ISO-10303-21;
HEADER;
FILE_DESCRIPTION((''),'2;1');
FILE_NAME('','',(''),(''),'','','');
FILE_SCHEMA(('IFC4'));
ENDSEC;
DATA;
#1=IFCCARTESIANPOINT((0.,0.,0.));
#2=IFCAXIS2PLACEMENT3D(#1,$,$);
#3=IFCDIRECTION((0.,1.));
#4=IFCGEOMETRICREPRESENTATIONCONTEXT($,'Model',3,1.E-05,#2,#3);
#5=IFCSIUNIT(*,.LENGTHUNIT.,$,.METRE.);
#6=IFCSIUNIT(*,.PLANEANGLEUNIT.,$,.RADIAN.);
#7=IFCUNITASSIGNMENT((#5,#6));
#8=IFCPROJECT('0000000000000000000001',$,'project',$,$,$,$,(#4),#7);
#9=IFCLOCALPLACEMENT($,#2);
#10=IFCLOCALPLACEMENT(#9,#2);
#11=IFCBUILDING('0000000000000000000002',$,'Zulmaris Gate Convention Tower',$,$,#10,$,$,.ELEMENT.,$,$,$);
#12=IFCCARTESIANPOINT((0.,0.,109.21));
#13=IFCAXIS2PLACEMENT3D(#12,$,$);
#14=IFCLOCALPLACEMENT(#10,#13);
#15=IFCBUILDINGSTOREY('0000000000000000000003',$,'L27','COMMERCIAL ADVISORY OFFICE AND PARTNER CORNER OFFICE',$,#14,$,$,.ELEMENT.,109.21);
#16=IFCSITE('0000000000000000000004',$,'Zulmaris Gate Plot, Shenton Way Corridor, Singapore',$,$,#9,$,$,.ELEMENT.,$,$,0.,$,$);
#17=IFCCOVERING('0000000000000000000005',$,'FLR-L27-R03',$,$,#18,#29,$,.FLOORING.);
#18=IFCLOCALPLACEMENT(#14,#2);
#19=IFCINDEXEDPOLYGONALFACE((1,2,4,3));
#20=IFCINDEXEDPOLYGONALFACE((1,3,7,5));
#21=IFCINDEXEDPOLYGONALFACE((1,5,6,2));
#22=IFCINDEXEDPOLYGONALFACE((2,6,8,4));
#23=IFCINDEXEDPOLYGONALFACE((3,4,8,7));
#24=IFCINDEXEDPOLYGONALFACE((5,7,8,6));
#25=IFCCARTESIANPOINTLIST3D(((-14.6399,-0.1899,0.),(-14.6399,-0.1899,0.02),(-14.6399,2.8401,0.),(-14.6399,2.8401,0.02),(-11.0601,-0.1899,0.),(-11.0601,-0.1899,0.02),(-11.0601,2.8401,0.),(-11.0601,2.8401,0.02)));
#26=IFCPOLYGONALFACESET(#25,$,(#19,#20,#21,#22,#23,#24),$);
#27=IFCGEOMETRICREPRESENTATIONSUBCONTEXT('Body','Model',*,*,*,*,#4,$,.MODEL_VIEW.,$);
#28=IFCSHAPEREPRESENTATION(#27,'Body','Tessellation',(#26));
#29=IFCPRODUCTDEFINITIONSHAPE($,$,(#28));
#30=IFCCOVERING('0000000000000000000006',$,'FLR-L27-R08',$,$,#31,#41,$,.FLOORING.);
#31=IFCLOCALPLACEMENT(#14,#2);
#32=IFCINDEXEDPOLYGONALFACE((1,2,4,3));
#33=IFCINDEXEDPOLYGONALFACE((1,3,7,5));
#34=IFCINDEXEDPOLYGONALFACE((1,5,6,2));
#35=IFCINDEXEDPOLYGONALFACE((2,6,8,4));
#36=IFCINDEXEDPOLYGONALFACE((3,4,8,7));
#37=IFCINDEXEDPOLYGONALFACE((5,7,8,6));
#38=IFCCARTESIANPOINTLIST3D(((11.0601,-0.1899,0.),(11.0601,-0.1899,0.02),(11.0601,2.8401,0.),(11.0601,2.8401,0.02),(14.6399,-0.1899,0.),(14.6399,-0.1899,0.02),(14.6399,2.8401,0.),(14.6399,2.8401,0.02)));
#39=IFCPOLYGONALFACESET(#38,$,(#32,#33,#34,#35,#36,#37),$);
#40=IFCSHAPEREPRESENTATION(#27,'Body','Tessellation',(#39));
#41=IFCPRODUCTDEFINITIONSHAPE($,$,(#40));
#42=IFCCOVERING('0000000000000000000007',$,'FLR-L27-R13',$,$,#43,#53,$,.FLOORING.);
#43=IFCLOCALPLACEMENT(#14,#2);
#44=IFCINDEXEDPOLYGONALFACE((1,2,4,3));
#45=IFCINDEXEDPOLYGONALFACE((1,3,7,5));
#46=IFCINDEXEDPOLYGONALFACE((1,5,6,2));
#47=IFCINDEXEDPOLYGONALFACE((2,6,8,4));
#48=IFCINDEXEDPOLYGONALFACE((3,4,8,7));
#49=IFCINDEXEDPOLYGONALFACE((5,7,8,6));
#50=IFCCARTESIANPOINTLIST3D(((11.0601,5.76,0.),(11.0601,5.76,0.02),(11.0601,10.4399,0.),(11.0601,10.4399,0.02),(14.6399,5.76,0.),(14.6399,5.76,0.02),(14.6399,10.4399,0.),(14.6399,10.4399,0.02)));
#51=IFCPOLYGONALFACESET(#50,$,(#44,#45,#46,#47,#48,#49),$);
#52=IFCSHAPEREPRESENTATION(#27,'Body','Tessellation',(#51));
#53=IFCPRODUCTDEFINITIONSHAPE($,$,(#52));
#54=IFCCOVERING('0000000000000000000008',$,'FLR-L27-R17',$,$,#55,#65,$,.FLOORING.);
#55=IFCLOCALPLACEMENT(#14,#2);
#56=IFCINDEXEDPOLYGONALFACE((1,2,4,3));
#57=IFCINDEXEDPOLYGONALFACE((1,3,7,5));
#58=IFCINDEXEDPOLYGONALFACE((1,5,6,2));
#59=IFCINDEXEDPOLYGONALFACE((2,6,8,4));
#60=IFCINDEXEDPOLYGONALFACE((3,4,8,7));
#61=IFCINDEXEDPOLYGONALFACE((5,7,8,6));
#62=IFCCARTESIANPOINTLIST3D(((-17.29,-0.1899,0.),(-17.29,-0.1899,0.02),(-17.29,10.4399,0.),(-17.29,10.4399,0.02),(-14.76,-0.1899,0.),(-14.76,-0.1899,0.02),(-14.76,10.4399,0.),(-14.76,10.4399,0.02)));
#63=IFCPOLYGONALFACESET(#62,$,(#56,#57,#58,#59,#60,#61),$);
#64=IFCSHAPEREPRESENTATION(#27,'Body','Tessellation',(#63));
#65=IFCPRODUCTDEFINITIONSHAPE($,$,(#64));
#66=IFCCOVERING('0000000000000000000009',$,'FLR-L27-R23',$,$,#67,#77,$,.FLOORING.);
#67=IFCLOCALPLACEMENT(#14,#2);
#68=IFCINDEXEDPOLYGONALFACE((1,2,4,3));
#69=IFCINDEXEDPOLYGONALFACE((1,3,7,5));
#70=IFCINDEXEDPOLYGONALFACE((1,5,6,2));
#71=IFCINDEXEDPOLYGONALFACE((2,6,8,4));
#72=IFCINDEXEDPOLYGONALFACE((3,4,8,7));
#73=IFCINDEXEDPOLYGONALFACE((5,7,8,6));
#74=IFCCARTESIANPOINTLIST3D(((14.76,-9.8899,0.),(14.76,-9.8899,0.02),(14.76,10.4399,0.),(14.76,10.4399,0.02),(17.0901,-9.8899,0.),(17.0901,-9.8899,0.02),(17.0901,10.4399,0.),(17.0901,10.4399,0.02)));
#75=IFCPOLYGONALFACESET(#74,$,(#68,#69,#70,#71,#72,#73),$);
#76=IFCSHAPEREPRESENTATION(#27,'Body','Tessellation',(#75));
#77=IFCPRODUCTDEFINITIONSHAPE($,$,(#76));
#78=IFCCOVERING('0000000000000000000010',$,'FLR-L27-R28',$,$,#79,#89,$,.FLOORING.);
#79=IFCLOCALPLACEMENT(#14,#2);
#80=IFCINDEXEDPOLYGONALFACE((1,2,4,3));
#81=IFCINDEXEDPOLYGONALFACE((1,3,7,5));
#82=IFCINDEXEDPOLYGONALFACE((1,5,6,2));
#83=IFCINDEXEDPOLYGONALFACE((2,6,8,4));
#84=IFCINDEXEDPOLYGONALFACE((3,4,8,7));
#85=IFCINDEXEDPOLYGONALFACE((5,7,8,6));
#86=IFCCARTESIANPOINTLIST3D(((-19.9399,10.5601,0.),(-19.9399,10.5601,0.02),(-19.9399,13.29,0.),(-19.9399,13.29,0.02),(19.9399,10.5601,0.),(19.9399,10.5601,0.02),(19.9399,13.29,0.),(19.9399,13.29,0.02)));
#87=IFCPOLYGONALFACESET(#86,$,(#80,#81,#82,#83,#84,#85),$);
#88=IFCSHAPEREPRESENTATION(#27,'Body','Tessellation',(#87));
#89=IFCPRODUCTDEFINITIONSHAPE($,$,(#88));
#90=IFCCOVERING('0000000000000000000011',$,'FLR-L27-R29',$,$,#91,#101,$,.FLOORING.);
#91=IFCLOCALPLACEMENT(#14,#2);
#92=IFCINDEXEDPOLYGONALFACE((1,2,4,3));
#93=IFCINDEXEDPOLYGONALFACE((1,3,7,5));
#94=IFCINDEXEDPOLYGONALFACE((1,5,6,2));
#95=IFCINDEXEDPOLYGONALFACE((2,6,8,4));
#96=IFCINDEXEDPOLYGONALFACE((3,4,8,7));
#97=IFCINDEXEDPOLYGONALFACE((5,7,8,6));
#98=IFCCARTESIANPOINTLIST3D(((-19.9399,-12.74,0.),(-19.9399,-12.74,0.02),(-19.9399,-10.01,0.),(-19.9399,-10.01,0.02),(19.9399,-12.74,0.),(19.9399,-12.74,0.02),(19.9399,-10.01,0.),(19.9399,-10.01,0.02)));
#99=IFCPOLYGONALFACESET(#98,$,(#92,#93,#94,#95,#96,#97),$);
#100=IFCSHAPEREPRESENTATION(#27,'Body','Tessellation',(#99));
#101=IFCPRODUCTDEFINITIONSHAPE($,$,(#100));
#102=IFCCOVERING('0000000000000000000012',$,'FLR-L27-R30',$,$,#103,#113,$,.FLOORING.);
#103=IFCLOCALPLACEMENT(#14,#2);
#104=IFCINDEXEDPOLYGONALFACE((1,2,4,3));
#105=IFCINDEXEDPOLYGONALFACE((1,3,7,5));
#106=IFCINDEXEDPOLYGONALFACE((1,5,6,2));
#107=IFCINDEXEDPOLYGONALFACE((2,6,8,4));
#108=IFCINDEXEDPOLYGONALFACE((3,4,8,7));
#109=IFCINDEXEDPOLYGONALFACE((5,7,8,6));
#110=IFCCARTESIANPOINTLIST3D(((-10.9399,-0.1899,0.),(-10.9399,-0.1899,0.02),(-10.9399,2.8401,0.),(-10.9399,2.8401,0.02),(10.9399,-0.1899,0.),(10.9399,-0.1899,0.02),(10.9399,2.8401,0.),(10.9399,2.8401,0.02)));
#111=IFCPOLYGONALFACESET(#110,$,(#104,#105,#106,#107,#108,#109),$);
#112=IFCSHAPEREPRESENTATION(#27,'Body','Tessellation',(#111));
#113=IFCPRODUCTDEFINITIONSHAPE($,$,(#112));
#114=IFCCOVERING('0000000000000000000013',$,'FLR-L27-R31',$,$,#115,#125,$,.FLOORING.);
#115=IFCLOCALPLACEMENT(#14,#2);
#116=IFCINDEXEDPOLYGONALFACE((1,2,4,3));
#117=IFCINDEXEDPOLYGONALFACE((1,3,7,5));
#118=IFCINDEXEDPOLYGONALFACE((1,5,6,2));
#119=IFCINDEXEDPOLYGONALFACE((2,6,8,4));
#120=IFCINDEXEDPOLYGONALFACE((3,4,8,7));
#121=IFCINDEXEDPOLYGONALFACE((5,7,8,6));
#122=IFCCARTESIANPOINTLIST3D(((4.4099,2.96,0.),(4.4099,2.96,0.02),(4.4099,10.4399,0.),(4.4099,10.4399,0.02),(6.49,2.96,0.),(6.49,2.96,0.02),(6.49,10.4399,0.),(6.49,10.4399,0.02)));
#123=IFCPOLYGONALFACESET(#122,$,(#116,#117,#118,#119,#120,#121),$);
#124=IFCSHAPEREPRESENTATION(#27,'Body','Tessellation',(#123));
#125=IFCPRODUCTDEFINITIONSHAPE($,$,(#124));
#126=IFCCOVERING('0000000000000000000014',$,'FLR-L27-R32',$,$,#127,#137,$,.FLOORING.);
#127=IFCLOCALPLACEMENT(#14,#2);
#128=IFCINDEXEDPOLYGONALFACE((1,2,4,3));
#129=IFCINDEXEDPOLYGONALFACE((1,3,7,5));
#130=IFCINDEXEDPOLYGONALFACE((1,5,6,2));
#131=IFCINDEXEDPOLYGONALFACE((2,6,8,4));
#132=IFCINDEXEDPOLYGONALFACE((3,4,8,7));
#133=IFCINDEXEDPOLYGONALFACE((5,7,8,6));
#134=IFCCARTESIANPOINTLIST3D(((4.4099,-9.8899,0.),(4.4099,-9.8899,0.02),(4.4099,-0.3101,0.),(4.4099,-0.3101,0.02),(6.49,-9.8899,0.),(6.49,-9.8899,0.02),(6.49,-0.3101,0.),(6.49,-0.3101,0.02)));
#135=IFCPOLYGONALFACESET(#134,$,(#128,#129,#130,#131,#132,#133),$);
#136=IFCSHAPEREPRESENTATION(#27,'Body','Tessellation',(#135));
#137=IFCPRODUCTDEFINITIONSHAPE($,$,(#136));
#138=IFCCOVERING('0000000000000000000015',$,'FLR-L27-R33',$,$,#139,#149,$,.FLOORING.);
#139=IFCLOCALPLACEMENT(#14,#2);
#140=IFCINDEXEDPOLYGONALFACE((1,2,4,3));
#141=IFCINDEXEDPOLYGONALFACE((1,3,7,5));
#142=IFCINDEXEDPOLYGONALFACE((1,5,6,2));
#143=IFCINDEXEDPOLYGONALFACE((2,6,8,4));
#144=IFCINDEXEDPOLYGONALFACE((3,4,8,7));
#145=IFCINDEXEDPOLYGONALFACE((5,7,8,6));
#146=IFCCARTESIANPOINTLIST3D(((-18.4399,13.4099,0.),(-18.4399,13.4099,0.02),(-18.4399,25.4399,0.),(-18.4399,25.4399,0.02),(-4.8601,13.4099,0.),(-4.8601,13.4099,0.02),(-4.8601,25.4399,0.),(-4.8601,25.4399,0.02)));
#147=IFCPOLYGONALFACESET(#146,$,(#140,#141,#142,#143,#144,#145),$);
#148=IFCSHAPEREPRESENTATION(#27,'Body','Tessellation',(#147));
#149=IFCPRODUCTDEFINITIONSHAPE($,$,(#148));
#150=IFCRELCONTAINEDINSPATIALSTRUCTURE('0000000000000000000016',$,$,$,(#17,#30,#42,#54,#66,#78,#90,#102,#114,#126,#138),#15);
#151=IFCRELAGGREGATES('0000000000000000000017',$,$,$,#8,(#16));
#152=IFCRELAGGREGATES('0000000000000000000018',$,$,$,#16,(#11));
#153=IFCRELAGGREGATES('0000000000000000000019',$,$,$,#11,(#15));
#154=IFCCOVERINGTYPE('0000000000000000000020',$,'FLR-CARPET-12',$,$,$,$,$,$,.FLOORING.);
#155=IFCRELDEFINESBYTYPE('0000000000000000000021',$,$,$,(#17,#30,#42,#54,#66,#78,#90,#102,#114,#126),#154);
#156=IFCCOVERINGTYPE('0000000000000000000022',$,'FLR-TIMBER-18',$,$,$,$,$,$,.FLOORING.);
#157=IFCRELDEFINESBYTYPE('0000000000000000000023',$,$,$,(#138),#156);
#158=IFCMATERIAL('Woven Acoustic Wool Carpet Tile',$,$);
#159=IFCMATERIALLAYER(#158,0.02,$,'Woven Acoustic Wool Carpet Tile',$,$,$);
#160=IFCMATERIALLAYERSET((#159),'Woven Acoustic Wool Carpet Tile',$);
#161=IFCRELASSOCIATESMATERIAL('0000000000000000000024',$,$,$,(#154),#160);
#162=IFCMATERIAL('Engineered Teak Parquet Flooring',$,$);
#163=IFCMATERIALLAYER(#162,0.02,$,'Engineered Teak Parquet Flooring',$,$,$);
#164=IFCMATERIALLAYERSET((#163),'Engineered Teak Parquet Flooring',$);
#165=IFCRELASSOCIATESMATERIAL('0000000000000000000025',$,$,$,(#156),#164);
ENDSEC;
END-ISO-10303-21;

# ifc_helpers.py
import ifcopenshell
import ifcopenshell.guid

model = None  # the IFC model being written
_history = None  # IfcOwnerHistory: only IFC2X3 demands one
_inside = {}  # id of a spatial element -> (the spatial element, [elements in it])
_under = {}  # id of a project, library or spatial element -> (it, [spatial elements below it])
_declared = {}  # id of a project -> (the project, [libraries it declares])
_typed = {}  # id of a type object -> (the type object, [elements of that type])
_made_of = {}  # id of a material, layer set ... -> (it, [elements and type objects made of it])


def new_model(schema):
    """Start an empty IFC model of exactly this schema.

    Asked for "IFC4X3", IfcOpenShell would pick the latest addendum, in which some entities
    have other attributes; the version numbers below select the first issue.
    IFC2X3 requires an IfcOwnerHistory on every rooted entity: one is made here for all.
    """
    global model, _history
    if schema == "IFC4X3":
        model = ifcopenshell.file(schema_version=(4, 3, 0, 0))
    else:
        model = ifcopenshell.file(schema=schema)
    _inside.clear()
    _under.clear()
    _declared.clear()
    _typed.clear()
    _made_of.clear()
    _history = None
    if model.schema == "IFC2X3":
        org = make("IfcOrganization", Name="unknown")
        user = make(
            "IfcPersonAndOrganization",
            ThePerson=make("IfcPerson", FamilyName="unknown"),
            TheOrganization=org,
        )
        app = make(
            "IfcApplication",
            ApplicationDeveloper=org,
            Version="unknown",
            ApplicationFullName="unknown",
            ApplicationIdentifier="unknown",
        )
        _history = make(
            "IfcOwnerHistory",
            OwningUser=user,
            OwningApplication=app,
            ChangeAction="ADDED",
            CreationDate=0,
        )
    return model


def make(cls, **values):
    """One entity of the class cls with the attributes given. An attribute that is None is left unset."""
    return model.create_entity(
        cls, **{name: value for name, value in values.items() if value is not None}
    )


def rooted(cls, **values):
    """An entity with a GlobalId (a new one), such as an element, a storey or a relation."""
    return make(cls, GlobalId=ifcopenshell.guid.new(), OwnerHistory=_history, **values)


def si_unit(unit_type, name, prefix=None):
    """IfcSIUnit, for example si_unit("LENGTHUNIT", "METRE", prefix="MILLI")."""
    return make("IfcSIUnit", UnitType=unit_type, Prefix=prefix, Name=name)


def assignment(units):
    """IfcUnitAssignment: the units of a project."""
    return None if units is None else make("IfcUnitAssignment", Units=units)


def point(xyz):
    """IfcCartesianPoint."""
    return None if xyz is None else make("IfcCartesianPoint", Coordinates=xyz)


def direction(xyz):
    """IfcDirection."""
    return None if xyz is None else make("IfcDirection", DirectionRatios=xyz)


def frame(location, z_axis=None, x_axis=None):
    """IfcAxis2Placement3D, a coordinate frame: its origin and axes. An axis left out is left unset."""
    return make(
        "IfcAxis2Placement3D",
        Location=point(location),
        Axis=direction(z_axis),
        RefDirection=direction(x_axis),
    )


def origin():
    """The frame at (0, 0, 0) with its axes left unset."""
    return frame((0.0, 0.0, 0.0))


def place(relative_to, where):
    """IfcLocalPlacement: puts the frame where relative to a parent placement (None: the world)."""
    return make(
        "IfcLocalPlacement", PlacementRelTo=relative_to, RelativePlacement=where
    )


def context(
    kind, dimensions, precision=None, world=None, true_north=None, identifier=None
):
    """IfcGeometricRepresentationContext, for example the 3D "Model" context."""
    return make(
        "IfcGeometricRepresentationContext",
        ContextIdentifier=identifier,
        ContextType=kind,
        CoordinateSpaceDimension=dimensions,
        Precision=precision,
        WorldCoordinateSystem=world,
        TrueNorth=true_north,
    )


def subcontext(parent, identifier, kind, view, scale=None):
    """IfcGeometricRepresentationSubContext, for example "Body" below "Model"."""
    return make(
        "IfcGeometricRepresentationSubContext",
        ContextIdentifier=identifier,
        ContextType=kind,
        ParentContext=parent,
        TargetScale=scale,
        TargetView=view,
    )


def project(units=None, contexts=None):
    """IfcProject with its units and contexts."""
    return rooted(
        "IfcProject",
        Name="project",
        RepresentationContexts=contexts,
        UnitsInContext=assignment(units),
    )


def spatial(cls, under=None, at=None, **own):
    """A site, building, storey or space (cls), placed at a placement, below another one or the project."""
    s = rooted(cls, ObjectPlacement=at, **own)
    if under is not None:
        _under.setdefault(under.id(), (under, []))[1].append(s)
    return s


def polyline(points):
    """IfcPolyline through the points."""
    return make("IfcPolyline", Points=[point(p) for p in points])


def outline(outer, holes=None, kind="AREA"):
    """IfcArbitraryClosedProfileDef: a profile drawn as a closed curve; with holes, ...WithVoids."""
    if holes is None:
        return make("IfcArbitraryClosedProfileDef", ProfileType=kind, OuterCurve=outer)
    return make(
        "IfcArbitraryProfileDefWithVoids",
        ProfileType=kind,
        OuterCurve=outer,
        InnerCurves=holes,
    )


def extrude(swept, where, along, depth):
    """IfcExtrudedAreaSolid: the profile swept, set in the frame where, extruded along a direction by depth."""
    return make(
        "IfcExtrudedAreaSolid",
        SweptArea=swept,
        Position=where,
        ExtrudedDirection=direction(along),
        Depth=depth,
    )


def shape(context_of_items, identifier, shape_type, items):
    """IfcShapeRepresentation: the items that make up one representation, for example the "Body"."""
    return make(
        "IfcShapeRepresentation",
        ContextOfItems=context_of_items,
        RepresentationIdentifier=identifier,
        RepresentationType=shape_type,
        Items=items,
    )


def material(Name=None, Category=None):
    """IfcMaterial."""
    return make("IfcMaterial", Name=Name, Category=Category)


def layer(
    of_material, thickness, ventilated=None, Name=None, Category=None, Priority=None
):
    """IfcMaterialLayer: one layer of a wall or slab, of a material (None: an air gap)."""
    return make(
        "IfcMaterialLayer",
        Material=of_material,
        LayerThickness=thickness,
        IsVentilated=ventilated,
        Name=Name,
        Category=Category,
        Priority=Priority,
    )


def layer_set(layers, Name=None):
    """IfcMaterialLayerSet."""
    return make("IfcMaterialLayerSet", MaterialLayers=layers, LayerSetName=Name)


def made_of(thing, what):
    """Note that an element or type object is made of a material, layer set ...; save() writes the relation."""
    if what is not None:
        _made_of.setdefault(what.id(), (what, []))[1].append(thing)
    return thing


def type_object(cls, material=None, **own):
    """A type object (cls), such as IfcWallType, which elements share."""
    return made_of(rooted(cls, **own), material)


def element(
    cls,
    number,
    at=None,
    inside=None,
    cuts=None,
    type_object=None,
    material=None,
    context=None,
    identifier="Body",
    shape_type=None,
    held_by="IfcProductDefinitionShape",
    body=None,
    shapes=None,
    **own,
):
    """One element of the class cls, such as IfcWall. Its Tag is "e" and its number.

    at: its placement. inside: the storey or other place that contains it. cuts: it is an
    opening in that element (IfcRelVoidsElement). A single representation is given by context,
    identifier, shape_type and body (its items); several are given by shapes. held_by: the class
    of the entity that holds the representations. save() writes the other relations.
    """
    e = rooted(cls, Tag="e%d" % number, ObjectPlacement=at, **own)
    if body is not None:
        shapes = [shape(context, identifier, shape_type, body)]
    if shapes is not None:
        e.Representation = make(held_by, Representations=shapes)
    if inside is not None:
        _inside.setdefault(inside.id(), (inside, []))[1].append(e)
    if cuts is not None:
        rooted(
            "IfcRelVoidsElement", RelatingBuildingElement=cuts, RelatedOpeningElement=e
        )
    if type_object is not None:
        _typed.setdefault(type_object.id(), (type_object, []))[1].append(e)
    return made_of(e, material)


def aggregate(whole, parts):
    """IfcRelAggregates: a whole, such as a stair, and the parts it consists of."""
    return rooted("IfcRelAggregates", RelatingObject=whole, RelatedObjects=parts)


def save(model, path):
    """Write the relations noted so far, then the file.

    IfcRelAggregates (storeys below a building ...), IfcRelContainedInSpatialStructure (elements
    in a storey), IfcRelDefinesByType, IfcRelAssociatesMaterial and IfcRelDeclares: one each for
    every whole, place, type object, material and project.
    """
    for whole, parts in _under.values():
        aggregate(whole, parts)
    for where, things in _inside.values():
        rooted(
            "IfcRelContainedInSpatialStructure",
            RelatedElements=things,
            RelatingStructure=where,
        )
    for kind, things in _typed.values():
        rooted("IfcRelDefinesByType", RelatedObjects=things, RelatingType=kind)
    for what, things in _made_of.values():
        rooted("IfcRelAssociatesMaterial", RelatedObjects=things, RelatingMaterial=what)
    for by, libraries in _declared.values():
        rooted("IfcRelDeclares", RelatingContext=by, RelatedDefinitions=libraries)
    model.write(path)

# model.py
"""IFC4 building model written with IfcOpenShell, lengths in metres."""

from ifc_helpers import new_model, si_unit, direction, frame, origin, place, context, subcontext, project, spatial, polyline, outline, extrude, material, layer, layer_set, type_object, element, save


model = new_model("IFC4")

# Units and contexts
model_context = context("Model", 3, precision=1e-05, world=origin(), true_north=direction((0.0, 1.0)))
body_context = subcontext(model_context, "Body", "Model", "MODEL_VIEW")
ifc_project = project(units=[si_unit("LENGTHUNIT", "METRE"), si_unit("PLANEANGLEUNIT", "RADIAN")], contexts=[model_context])

# Site, building, storey
site_placement = place(None, origin())
site = spatial("IfcSite", under=ifc_project, at=site_placement, Name="Zulmaris Gate Plot, Shenton Way Corridor, Singapore", CompositionType="ELEMENT", RefElevation=0.0)
building_placement = place(site_placement, origin())
building = spatial("IfcBuilding", under=site, at=building_placement, Name="Zulmaris Gate Convention Tower", CompositionType="ELEMENT")
storey_placement = place(building_placement, frame((0.0, 0.0, 109.21)))
storey = spatial("IfcBuildingStorey", under=building, at=storey_placement, Name="L27", Description="COMMERCIAL ADVISORY OFFICE AND PARTNER CORNER OFFICE", CompositionType="ELEMENT", Elevation=109.21)

# Coverings
ifc_material_1 = material(Name="Woven Acoustic Wool Carpet Tile")
ifc_layer_1 = layer(ifc_material_1, 0.02, Name="Woven Acoustic Wool Carpet Tile")
ifc_layer_set_1 = layer_set([ifc_layer_1], Name="Woven Acoustic Wool Carpet Tile")
covering_type_1 = type_object("IfcCoveringType", Name="FLR-CARPET-12", PredefinedType="FLOORING", material=ifc_layer_set_1)
covering_1_placement = place(storey_placement, origin())
element("IfcCovering", 1, at=covering_1_placement, inside=storey, type_object=covering_type_1, Name="FLR-L27-R03", PredefinedType="FLOORING", context=body_context, shape_type="SweptSolid", body=[
    extrude(outline(polyline([(-14.6399, -0.1899), (-11.0601, -0.1899), (-11.0601, 2.8401), (-14.6399, 2.8401), (-14.6399, -0.1899)])), origin(), (0.0, 0.0, 1.0), 0.02),
])
covering_2_placement = place(storey_placement, origin())
element("IfcCovering", 2, at=covering_2_placement, inside=storey, type_object=covering_type_1, Name="FLR-L27-R08", PredefinedType="FLOORING", context=body_context, shape_type="SweptSolid", body=[
    extrude(outline(polyline([(11.0601, -0.1899), (14.6399, -0.1899), (14.6399, 2.8401), (11.0601, 2.8401), (11.0601, -0.1899)])), origin(), (0.0, 0.0, 1.0), 0.02),
])
covering_3_placement = place(storey_placement, origin())
element("IfcCovering", 3, at=covering_3_placement, inside=storey, type_object=covering_type_1, Name="FLR-L27-R13", PredefinedType="FLOORING", context=body_context, shape_type="SweptSolid", body=[
    extrude(outline(polyline([(11.0601, 5.76), (14.6399, 5.76), (14.6399, 10.4399), (11.0601, 10.4399), (11.0601, 5.76)])), origin(), (0.0, 0.0, 1.0), 0.02),
])
covering_4_placement = place(storey_placement, origin())
element("IfcCovering", 4, at=covering_4_placement, inside=storey, type_object=covering_type_1, Name="FLR-L27-R17", PredefinedType="FLOORING", context=body_context, shape_type="SweptSolid", body=[
    extrude(outline(polyline([(-17.29, -0.1899), (-14.76, -0.1899), (-14.76, 10.4399), (-17.29, 10.4399), (-17.29, -0.1899)])), origin(), (0.0, 0.0, 1.0), 0.02),
])
covering_5_placement = place(storey_placement, origin())
element("IfcCovering", 5, at=covering_5_placement, inside=storey, type_object=covering_type_1, Name="FLR-L27-R23", PredefinedType="FLOORING", context=body_context, shape_type="SweptSolid", body=[
    extrude(outline(polyline([(14.76, -9.8899), (17.0901, -9.8899), (17.0901, 10.4399), (14.76, 10.4399), (14.76, -9.8899)])), origin(), (0.0, 0.0, 1.0), 0.02),
])
covering_6_placement = place(storey_placement, origin())
element("IfcCovering", 6, at=covering_6_placement, inside=storey, type_object=covering_type_1, Name="FLR-L27-R28", PredefinedType="FLOORING", context=body_context, shape_type="SweptSolid", body=[
    extrude(outline(polyline([(-19.9399, 10.5601), (19.9399, 10.5601), (19.9399, 13.29), (-19.9399, 13.29), (-19.9399, 10.5601)])), origin(), (0.0, 0.0, 1.0), 0.02),
])
covering_7_placement = place(storey_placement, origin())
element("IfcCovering", 7, at=covering_7_placement, inside=storey, type_object=covering_type_1, Name="FLR-L27-R29", PredefinedType="FLOORING", context=body_context, shape_type="SweptSolid", body=[
    extrude(outline(polyline([(-19.9399, -12.74), (19.9399, -12.74), (19.9399, -10.01), (-19.9399, -10.01), (-19.9399, -12.74)])), origin(), (0.0, 0.0, 1.0), 0.02),
])
covering_8_placement = place(storey_placement, origin())
element("IfcCovering", 8, at=covering_8_placement, inside=storey, type_object=covering_type_1, Name="FLR-L27-R30", PredefinedType="FLOORING", context=body_context, shape_type="SweptSolid", body=[
    extrude(outline(polyline([(-10.9399, -0.1899), (10.9399, -0.1899), (10.9399, 2.8401), (-10.9399, 2.8401), (-10.9399, -0.1899)])), origin(), (0.0, 0.0, 1.0), 0.02),
])
covering_9_placement = place(storey_placement, origin())
element("IfcCovering", 9, at=covering_9_placement, inside=storey, type_object=covering_type_1, Name="FLR-L27-R31", PredefinedType="FLOORING", context=body_context, shape_type="SweptSolid", body=[
    extrude(outline(polyline([(4.4099, 2.96), (6.49, 2.96), (6.49, 10.4399), (4.4099, 10.4399), (4.4099, 2.96)])), origin(), (0.0, 0.0, 1.0), 0.02),
])
covering_10_placement = place(storey_placement, origin())
element("IfcCovering", 10, at=covering_10_placement, inside=storey, type_object=covering_type_1, Name="FLR-L27-R32", PredefinedType="FLOORING", context=body_context, shape_type="SweptSolid", body=[
    extrude(outline(polyline([(4.4099, -9.8899), (6.49, -9.8899), (6.49, -0.3101), (4.4099, -0.3101), (4.4099, -9.8899)])), origin(), (0.0, 0.0, 1.0), 0.02),
])
ifc_material_2 = material(Name="Engineered Teak Parquet Flooring")
ifc_layer_2 = layer(ifc_material_2, 0.02, Name="Engineered Teak Parquet Flooring")
ifc_layer_set_2 = layer_set([ifc_layer_2], Name="Engineered Teak Parquet Flooring")
covering_type_2 = type_object("IfcCoveringType", Name="FLR-TIMBER-18", PredefinedType="FLOORING", material=ifc_layer_set_2)
covering_11_placement = place(storey_placement, origin())
element("IfcCovering", 11, at=covering_11_placement, inside=storey, type_object=covering_type_2, Name="FLR-L27-R33", PredefinedType="FLOORING", context=body_context, shape_type="SweptSolid", body=[
    extrude(outline(polyline([(-18.4399, 13.4099), (-4.8601, 13.4099), (-4.8601, 25.4399), (-18.4399, 25.4399), (-18.4399, 13.4099)])), origin(), (0.0, 0.0, 1.0), 0.02),
])

save(model, "model.ifc")
